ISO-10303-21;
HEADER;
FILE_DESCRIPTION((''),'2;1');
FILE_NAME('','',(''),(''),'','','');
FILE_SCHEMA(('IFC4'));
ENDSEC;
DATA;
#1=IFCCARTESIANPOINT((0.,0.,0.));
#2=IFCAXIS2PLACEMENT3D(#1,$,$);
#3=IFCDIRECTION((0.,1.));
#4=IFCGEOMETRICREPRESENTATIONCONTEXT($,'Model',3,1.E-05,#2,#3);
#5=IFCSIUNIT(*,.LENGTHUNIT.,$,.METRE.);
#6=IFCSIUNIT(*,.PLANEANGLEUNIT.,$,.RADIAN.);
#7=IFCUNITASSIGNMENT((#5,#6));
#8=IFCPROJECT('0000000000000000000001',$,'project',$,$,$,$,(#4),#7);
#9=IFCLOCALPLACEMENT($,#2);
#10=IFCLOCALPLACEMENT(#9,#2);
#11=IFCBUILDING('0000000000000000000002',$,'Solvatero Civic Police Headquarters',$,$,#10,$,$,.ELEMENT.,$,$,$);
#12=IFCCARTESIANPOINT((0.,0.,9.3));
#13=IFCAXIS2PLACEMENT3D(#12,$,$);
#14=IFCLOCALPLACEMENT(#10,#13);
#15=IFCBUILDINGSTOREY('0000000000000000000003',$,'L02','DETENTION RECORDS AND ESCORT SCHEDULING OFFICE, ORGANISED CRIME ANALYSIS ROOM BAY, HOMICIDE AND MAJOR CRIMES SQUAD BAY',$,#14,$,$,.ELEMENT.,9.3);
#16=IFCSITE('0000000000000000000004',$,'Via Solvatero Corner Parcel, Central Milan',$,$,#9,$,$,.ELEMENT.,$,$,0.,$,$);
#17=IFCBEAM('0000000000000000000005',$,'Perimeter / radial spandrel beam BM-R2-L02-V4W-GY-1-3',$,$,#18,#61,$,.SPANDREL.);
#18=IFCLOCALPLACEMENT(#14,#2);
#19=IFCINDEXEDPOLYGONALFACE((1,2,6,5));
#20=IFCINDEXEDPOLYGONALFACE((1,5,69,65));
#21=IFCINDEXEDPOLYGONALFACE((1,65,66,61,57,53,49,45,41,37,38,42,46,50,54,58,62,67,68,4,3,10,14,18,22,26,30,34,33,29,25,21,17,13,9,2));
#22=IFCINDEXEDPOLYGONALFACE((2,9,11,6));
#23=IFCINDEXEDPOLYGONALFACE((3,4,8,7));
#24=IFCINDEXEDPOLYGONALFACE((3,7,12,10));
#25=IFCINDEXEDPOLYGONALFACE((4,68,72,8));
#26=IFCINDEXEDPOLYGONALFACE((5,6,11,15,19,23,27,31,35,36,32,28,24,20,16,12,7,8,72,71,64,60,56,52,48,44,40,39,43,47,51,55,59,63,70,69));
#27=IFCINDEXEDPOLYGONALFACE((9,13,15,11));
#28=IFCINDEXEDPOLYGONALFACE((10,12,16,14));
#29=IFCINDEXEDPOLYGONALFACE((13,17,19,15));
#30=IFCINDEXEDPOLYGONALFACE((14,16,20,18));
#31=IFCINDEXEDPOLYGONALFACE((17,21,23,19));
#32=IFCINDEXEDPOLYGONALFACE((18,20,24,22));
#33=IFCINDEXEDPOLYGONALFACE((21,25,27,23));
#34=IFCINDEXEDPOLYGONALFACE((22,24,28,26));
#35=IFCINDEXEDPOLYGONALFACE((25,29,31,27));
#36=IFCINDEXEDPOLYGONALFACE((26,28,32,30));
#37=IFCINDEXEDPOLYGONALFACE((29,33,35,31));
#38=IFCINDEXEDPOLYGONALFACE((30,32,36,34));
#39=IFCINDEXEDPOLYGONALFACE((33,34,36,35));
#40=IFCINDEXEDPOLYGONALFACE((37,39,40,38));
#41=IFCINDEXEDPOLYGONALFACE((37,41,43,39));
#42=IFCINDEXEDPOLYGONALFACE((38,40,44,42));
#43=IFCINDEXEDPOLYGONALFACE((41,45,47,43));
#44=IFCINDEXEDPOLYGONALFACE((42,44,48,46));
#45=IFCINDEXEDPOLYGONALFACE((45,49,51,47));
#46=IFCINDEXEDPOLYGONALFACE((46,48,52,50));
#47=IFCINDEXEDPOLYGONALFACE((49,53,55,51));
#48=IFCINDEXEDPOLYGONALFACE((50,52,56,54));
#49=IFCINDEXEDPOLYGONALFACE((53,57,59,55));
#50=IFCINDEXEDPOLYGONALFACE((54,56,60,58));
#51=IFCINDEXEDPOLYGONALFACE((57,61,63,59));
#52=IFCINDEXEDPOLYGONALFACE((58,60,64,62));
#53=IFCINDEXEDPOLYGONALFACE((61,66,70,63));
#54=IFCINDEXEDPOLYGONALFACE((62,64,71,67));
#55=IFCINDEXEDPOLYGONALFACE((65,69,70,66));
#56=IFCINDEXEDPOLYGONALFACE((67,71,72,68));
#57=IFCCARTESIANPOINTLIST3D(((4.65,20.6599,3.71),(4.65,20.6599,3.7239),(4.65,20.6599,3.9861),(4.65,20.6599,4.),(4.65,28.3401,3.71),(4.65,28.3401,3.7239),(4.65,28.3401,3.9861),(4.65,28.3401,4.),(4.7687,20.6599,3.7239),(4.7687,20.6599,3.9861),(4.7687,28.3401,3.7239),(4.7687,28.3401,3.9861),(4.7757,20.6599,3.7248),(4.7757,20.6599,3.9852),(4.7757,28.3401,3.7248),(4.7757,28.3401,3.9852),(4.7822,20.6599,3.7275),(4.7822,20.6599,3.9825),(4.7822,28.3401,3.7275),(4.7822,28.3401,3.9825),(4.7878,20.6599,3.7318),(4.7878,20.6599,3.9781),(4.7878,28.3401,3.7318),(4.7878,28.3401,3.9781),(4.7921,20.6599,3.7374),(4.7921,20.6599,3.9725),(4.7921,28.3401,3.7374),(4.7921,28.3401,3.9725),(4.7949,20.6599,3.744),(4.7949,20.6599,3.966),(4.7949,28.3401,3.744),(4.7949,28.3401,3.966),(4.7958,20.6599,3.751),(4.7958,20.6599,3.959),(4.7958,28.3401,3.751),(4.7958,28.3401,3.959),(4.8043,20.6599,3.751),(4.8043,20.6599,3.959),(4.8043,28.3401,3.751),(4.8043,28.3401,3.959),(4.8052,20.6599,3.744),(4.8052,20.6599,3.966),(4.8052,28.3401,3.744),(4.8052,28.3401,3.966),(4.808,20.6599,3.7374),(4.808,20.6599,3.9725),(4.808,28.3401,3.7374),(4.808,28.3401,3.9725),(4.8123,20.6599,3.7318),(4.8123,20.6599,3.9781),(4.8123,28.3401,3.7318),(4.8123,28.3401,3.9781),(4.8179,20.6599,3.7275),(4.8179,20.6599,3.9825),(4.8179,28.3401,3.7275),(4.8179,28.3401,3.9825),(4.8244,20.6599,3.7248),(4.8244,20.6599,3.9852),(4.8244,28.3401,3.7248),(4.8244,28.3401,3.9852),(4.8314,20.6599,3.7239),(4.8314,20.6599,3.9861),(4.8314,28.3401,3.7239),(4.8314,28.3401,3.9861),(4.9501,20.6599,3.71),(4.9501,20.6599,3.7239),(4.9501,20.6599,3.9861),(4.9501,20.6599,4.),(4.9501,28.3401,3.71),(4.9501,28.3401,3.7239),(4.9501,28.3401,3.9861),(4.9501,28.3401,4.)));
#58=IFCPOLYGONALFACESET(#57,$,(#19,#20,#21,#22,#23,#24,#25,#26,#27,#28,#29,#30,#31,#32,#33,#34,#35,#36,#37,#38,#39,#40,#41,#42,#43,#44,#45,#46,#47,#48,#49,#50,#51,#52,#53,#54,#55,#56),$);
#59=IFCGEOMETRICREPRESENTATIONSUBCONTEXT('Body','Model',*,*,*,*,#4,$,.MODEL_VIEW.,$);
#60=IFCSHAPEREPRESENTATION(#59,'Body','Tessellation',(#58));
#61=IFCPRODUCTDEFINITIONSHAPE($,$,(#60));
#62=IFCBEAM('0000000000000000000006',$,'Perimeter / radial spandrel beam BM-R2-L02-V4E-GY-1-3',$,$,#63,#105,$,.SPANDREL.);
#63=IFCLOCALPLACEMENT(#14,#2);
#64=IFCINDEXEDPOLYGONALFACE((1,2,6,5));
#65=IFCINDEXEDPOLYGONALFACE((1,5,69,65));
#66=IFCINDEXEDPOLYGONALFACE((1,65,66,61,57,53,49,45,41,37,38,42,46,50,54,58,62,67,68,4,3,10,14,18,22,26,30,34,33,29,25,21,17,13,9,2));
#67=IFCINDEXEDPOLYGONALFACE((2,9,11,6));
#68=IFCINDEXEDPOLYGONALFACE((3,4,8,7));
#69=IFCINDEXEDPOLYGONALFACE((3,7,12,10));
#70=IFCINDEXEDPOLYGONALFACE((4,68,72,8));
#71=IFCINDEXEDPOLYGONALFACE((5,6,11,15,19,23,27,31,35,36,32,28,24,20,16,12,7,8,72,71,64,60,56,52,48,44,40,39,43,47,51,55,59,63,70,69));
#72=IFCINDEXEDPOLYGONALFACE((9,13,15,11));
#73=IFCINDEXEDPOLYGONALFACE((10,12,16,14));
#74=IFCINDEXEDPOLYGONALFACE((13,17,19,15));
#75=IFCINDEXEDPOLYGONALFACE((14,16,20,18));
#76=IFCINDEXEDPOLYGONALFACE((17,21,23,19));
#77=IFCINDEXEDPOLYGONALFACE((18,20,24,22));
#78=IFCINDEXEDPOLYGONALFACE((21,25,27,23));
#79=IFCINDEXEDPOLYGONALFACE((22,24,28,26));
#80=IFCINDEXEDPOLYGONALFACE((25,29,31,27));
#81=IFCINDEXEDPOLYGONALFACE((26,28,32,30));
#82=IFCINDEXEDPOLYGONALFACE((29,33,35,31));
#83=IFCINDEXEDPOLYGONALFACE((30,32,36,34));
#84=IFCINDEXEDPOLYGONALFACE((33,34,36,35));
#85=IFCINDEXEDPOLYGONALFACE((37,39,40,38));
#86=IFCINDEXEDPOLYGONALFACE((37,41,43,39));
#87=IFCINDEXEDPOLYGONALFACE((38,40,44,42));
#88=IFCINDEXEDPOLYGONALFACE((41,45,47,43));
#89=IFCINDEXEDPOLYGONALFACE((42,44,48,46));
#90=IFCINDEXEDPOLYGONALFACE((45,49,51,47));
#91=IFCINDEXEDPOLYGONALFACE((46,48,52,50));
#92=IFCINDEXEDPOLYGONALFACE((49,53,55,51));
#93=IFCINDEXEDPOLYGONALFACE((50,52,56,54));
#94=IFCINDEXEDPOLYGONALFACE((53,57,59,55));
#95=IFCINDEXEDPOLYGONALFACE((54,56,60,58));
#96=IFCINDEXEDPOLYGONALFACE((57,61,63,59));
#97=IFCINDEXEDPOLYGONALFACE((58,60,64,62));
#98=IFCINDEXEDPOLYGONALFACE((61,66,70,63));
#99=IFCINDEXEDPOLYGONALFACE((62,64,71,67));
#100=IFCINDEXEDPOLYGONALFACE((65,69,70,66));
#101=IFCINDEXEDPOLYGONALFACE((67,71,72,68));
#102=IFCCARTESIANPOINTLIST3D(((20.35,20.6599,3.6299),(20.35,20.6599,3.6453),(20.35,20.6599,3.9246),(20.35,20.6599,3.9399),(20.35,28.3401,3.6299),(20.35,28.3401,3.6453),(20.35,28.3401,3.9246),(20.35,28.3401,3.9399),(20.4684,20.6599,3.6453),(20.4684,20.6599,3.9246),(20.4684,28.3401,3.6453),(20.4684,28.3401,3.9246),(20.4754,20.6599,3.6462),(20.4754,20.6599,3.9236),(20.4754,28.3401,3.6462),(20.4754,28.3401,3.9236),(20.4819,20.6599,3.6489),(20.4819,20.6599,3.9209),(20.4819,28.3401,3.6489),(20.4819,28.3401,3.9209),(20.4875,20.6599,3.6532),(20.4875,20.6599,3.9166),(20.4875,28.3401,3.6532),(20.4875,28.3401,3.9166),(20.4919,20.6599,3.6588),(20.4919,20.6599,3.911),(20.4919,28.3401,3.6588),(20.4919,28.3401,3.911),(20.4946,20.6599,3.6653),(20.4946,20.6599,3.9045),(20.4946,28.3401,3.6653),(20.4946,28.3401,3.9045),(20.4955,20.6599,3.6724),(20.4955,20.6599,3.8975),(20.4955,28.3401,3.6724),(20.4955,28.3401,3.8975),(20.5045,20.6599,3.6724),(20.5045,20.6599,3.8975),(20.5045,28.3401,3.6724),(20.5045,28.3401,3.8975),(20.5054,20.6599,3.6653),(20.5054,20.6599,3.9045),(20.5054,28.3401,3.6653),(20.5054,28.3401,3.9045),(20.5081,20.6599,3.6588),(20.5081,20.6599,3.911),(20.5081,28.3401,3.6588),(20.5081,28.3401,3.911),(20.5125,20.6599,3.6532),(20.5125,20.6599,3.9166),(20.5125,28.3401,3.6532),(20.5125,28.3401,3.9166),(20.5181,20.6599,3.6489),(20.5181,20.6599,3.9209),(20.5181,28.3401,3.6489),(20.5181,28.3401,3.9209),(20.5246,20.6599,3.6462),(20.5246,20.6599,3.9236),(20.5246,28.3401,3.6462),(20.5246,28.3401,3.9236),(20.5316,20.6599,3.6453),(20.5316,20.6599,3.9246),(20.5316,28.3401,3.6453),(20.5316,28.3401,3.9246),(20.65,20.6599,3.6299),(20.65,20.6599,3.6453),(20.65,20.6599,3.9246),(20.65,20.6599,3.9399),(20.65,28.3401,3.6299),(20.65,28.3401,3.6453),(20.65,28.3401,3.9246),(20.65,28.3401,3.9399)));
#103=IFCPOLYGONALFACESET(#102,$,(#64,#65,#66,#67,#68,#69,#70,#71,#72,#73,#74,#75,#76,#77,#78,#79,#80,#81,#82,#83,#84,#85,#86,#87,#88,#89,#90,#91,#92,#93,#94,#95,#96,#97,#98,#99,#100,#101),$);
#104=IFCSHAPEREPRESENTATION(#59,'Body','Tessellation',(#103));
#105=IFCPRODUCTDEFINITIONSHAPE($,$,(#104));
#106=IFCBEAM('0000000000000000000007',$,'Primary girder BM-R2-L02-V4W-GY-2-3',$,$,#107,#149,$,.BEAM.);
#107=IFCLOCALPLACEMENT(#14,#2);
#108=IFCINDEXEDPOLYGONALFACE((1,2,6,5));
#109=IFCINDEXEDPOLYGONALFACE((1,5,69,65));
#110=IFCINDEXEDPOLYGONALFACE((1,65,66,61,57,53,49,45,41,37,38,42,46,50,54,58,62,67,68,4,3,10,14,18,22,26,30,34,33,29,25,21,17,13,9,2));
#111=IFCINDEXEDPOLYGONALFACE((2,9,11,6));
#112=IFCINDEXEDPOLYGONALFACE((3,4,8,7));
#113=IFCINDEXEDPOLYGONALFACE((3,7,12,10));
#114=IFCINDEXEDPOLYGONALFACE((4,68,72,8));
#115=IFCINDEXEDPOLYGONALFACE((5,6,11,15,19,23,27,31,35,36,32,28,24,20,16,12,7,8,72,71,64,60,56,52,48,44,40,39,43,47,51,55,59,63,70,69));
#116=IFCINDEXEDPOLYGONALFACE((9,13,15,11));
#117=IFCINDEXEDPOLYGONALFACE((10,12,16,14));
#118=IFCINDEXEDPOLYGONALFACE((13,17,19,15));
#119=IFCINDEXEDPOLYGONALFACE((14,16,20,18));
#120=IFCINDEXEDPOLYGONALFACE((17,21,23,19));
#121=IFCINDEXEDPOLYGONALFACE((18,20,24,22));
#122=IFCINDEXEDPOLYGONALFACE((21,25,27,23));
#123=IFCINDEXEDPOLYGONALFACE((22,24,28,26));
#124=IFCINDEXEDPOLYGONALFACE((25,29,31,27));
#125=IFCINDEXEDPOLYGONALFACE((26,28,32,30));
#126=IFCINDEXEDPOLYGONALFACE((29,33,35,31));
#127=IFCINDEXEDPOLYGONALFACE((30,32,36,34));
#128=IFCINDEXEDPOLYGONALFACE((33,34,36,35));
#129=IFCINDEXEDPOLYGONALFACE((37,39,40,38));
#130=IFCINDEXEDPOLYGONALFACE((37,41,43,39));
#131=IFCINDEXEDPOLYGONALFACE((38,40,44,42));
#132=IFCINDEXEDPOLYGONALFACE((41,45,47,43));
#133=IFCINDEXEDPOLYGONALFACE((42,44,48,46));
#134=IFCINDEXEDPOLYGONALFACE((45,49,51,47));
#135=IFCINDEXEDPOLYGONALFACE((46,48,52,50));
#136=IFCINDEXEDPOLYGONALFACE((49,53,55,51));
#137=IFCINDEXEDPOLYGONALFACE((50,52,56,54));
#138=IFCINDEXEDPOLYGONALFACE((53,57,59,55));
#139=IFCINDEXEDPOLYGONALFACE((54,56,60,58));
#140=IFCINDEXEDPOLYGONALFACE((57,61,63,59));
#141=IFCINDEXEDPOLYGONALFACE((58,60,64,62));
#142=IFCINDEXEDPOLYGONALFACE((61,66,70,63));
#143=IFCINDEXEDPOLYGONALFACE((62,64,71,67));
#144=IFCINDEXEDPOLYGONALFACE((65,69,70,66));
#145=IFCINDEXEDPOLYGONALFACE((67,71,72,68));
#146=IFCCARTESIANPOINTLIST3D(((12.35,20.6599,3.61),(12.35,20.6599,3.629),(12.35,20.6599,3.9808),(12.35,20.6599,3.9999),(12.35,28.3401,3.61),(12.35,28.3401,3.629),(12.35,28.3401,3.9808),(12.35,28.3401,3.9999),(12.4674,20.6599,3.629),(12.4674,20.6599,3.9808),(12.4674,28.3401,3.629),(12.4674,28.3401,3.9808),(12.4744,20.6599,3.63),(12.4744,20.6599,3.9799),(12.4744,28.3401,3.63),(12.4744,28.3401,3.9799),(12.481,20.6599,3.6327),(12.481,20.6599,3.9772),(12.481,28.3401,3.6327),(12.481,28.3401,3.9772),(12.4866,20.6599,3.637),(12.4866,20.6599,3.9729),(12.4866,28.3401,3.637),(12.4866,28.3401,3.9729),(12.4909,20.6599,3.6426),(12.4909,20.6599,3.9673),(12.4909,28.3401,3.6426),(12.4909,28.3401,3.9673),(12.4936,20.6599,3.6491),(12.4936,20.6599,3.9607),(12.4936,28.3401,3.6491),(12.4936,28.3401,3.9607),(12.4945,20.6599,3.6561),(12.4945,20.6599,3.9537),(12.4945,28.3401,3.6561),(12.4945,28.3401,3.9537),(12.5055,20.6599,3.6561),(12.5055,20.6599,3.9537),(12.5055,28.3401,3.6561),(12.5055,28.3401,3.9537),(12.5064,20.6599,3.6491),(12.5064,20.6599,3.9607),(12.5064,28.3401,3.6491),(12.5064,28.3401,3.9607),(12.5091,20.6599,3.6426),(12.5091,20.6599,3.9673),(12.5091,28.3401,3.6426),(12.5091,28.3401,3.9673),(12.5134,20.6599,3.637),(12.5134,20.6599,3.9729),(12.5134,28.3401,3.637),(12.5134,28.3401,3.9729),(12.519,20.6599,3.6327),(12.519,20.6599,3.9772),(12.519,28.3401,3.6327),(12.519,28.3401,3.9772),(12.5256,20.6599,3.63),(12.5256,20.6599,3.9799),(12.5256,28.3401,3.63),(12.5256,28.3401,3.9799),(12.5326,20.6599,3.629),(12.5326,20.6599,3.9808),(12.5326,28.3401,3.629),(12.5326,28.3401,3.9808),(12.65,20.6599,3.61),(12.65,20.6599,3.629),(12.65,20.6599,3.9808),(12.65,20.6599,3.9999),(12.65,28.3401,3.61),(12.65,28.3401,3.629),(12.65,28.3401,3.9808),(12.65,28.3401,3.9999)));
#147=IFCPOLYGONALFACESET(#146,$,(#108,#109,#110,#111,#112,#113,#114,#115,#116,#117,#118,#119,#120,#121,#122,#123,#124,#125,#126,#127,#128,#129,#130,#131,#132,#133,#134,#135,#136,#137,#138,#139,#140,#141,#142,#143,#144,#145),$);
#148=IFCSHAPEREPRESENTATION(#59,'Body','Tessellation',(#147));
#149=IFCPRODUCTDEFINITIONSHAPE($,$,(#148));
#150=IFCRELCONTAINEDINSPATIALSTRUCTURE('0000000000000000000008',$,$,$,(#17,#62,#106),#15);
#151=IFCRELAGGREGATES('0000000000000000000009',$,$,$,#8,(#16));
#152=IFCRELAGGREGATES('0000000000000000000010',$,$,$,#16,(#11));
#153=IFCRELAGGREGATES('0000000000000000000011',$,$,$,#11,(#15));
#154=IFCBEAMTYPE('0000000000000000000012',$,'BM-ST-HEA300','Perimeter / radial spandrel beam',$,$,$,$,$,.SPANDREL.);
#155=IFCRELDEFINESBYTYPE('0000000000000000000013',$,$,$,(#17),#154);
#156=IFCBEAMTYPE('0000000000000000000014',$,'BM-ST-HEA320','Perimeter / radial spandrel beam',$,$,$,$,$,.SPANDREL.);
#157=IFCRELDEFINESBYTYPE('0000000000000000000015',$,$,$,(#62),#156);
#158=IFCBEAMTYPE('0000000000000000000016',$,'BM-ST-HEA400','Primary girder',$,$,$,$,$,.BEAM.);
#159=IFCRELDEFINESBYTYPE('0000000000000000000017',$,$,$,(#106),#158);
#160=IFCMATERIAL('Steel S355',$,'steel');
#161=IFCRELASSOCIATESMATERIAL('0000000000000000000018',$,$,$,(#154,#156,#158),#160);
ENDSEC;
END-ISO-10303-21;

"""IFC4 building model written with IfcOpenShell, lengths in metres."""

from ifc_helpers import new_model, si_unit, direction, frame, origin, origin_2d, place, context, subcontext, project, spatial, i_section, extrude, material, material_profile, profile_set, type_object, element, save


model = new_model("IFC4")

# Units and contexts
model_context = context("Model", 3, precision=1e-05, world=origin(), true_north=direction((0.0, 1.0)))
body_context = subcontext(model_context, "Body", "Model", "MODEL_VIEW")
ifc_project = project(units=[si_unit("LENGTHUNIT", "METRE"), si_unit("PLANEANGLEUNIT", "RADIAN")], contexts=[model_context])

# Site, building, storey
site_placement = place(None, origin())
site = spatial("IfcSite", under=ifc_project, at=site_placement, Name="Via Solvatero Corner Parcel, Central Milan", CompositionType="ELEMENT", RefElevation=0.0)
building_placement = place(site_placement, origin())
building = spatial("IfcBuilding", under=site, at=building_placement, Name="Solvatero Civic Police Headquarters", CompositionType="ELEMENT")
storey_placement = place(building_placement, frame((0.0, 0.0, 9.3)))
storey = spatial("IfcBuildingStorey", under=building, at=storey_placement, Name="L02", Description="DETENTION RECORDS AND ESCORT SCHEDULING OFFICE, ORGANISED CRIME ANALYSIS ROOM BAY, HOMICIDE AND MAJOR CRIMES SQUAD BAY", CompositionType="ELEMENT", Elevation=9.3)

# Shared definitions
ifc_material_1 = material(Name="Steel S355", Category="steel")

# Beams
ifc_material_profile_1 = material_profile(ifc_material_1, i_section(OverallWidth=0.3, OverallDepth=0.29, WebThickness=0.0085, FlangeThickness=0.0139, FilletRadius=0.0271, at=origin_2d()), Name="HEA 300")
ifc_profile_set_1 = profile_set([ifc_material_profile_1], Name="Steel S355")
beam_type_1 = type_object("IfcBeamType", Name="BM-ST-HEA300", Description="Perimeter / radial spandrel beam", PredefinedType="SPANDREL", material=ifc_profile_set_1)
beam_1_placement = place(storey_placement, frame((4.8, 20.6599, 3.855), z_axis=(0.0, 1.0, 0.0), x_axis=(-1.0, 0.0, 0.0)))
element("IfcBeam", 1, at=beam_1_placement, inside=storey, type_object=beam_type_1, Name="Perimeter / radial spandrel beam BM-R2-L02-V4W-GY-1-3", PredefinedType="SPANDREL", context=body_context, shape_type="SweptSolid", body=[
    extrude(i_section(OverallWidth=0.3, OverallDepth=0.29, WebThickness=0.0085, FlangeThickness=0.0139, FilletRadius=0.0271, at=origin_2d()), origin(), (0.0, 0.0, 1.0), 7.6802),
])
ifc_material_profile_2 = material_profile(ifc_material_1, i_section(OverallWidth=0.3, OverallDepth=0.3101, WebThickness=0.009, FlangeThickness=0.0154, FilletRadius=0.0271, at=origin_2d()), Name="HEA 320")
ifc_profile_set_2 = profile_set([ifc_material_profile_2], Name="Steel S355")
beam_type_2 = type_object("IfcBeamType", Name="BM-ST-HEA320", Description="Perimeter / radial spandrel beam", PredefinedType="SPANDREL", material=ifc_profile_set_2)
beam_2_placement = place(storey_placement, frame((20.5, 20.6599, 3.7849), z_axis=(0.0, 1.0, 0.0), x_axis=(-1.0, 0.0, 0.0)))
element("IfcBeam", 2, at=beam_2_placement, inside=storey, type_object=beam_type_2, Name="Perimeter / radial spandrel beam BM-R2-L02-V4E-GY-1-3", PredefinedType="SPANDREL", context=body_context, shape_type="SweptSolid", body=[
    extrude(i_section(OverallWidth=0.3, OverallDepth=0.3101, WebThickness=0.009, FlangeThickness=0.0154, FilletRadius=0.0271, at=origin_2d()), origin(), (0.0, 0.0, 1.0), 7.6802),
])
ifc_material_profile_3 = material_profile(ifc_material_1, i_section(OverallWidth=0.3, OverallDepth=0.3899, WebThickness=0.011, FlangeThickness=0.019, FilletRadius=0.0271, at=origin_2d()), Name="HEA 400")
ifc_profile_set_3 = profile_set([ifc_material_profile_3], Name="Steel S355")
beam_type_3 = type_object("IfcBeamType", Name="BM-ST-HEA400", Description="Primary girder", PredefinedType="BEAM", material=ifc_profile_set_3)
beam_3_placement = place(storey_placement, frame((12.5, 20.6599, 3.8049), z_axis=(0.0, 1.0, 0.0), x_axis=(-1.0, 0.0, 0.0)))
element("IfcBeam", 3, at=beam_3_placement, inside=storey, type_object=beam_type_3, Name="Primary girder BM-R2-L02-V4W-GY-2-3", PredefinedType="BEAM", context=body_context, shape_type="SweptSolid", body=[
    extrude(i_section(OverallWidth=0.3, OverallDepth=0.3899, WebThickness=0.011, FlangeThickness=0.019, FilletRadius=0.0271, at=origin_2d()), origin(), (0.0, 0.0, 1.0), 7.6802),
])

save(model, "model.ifc")
